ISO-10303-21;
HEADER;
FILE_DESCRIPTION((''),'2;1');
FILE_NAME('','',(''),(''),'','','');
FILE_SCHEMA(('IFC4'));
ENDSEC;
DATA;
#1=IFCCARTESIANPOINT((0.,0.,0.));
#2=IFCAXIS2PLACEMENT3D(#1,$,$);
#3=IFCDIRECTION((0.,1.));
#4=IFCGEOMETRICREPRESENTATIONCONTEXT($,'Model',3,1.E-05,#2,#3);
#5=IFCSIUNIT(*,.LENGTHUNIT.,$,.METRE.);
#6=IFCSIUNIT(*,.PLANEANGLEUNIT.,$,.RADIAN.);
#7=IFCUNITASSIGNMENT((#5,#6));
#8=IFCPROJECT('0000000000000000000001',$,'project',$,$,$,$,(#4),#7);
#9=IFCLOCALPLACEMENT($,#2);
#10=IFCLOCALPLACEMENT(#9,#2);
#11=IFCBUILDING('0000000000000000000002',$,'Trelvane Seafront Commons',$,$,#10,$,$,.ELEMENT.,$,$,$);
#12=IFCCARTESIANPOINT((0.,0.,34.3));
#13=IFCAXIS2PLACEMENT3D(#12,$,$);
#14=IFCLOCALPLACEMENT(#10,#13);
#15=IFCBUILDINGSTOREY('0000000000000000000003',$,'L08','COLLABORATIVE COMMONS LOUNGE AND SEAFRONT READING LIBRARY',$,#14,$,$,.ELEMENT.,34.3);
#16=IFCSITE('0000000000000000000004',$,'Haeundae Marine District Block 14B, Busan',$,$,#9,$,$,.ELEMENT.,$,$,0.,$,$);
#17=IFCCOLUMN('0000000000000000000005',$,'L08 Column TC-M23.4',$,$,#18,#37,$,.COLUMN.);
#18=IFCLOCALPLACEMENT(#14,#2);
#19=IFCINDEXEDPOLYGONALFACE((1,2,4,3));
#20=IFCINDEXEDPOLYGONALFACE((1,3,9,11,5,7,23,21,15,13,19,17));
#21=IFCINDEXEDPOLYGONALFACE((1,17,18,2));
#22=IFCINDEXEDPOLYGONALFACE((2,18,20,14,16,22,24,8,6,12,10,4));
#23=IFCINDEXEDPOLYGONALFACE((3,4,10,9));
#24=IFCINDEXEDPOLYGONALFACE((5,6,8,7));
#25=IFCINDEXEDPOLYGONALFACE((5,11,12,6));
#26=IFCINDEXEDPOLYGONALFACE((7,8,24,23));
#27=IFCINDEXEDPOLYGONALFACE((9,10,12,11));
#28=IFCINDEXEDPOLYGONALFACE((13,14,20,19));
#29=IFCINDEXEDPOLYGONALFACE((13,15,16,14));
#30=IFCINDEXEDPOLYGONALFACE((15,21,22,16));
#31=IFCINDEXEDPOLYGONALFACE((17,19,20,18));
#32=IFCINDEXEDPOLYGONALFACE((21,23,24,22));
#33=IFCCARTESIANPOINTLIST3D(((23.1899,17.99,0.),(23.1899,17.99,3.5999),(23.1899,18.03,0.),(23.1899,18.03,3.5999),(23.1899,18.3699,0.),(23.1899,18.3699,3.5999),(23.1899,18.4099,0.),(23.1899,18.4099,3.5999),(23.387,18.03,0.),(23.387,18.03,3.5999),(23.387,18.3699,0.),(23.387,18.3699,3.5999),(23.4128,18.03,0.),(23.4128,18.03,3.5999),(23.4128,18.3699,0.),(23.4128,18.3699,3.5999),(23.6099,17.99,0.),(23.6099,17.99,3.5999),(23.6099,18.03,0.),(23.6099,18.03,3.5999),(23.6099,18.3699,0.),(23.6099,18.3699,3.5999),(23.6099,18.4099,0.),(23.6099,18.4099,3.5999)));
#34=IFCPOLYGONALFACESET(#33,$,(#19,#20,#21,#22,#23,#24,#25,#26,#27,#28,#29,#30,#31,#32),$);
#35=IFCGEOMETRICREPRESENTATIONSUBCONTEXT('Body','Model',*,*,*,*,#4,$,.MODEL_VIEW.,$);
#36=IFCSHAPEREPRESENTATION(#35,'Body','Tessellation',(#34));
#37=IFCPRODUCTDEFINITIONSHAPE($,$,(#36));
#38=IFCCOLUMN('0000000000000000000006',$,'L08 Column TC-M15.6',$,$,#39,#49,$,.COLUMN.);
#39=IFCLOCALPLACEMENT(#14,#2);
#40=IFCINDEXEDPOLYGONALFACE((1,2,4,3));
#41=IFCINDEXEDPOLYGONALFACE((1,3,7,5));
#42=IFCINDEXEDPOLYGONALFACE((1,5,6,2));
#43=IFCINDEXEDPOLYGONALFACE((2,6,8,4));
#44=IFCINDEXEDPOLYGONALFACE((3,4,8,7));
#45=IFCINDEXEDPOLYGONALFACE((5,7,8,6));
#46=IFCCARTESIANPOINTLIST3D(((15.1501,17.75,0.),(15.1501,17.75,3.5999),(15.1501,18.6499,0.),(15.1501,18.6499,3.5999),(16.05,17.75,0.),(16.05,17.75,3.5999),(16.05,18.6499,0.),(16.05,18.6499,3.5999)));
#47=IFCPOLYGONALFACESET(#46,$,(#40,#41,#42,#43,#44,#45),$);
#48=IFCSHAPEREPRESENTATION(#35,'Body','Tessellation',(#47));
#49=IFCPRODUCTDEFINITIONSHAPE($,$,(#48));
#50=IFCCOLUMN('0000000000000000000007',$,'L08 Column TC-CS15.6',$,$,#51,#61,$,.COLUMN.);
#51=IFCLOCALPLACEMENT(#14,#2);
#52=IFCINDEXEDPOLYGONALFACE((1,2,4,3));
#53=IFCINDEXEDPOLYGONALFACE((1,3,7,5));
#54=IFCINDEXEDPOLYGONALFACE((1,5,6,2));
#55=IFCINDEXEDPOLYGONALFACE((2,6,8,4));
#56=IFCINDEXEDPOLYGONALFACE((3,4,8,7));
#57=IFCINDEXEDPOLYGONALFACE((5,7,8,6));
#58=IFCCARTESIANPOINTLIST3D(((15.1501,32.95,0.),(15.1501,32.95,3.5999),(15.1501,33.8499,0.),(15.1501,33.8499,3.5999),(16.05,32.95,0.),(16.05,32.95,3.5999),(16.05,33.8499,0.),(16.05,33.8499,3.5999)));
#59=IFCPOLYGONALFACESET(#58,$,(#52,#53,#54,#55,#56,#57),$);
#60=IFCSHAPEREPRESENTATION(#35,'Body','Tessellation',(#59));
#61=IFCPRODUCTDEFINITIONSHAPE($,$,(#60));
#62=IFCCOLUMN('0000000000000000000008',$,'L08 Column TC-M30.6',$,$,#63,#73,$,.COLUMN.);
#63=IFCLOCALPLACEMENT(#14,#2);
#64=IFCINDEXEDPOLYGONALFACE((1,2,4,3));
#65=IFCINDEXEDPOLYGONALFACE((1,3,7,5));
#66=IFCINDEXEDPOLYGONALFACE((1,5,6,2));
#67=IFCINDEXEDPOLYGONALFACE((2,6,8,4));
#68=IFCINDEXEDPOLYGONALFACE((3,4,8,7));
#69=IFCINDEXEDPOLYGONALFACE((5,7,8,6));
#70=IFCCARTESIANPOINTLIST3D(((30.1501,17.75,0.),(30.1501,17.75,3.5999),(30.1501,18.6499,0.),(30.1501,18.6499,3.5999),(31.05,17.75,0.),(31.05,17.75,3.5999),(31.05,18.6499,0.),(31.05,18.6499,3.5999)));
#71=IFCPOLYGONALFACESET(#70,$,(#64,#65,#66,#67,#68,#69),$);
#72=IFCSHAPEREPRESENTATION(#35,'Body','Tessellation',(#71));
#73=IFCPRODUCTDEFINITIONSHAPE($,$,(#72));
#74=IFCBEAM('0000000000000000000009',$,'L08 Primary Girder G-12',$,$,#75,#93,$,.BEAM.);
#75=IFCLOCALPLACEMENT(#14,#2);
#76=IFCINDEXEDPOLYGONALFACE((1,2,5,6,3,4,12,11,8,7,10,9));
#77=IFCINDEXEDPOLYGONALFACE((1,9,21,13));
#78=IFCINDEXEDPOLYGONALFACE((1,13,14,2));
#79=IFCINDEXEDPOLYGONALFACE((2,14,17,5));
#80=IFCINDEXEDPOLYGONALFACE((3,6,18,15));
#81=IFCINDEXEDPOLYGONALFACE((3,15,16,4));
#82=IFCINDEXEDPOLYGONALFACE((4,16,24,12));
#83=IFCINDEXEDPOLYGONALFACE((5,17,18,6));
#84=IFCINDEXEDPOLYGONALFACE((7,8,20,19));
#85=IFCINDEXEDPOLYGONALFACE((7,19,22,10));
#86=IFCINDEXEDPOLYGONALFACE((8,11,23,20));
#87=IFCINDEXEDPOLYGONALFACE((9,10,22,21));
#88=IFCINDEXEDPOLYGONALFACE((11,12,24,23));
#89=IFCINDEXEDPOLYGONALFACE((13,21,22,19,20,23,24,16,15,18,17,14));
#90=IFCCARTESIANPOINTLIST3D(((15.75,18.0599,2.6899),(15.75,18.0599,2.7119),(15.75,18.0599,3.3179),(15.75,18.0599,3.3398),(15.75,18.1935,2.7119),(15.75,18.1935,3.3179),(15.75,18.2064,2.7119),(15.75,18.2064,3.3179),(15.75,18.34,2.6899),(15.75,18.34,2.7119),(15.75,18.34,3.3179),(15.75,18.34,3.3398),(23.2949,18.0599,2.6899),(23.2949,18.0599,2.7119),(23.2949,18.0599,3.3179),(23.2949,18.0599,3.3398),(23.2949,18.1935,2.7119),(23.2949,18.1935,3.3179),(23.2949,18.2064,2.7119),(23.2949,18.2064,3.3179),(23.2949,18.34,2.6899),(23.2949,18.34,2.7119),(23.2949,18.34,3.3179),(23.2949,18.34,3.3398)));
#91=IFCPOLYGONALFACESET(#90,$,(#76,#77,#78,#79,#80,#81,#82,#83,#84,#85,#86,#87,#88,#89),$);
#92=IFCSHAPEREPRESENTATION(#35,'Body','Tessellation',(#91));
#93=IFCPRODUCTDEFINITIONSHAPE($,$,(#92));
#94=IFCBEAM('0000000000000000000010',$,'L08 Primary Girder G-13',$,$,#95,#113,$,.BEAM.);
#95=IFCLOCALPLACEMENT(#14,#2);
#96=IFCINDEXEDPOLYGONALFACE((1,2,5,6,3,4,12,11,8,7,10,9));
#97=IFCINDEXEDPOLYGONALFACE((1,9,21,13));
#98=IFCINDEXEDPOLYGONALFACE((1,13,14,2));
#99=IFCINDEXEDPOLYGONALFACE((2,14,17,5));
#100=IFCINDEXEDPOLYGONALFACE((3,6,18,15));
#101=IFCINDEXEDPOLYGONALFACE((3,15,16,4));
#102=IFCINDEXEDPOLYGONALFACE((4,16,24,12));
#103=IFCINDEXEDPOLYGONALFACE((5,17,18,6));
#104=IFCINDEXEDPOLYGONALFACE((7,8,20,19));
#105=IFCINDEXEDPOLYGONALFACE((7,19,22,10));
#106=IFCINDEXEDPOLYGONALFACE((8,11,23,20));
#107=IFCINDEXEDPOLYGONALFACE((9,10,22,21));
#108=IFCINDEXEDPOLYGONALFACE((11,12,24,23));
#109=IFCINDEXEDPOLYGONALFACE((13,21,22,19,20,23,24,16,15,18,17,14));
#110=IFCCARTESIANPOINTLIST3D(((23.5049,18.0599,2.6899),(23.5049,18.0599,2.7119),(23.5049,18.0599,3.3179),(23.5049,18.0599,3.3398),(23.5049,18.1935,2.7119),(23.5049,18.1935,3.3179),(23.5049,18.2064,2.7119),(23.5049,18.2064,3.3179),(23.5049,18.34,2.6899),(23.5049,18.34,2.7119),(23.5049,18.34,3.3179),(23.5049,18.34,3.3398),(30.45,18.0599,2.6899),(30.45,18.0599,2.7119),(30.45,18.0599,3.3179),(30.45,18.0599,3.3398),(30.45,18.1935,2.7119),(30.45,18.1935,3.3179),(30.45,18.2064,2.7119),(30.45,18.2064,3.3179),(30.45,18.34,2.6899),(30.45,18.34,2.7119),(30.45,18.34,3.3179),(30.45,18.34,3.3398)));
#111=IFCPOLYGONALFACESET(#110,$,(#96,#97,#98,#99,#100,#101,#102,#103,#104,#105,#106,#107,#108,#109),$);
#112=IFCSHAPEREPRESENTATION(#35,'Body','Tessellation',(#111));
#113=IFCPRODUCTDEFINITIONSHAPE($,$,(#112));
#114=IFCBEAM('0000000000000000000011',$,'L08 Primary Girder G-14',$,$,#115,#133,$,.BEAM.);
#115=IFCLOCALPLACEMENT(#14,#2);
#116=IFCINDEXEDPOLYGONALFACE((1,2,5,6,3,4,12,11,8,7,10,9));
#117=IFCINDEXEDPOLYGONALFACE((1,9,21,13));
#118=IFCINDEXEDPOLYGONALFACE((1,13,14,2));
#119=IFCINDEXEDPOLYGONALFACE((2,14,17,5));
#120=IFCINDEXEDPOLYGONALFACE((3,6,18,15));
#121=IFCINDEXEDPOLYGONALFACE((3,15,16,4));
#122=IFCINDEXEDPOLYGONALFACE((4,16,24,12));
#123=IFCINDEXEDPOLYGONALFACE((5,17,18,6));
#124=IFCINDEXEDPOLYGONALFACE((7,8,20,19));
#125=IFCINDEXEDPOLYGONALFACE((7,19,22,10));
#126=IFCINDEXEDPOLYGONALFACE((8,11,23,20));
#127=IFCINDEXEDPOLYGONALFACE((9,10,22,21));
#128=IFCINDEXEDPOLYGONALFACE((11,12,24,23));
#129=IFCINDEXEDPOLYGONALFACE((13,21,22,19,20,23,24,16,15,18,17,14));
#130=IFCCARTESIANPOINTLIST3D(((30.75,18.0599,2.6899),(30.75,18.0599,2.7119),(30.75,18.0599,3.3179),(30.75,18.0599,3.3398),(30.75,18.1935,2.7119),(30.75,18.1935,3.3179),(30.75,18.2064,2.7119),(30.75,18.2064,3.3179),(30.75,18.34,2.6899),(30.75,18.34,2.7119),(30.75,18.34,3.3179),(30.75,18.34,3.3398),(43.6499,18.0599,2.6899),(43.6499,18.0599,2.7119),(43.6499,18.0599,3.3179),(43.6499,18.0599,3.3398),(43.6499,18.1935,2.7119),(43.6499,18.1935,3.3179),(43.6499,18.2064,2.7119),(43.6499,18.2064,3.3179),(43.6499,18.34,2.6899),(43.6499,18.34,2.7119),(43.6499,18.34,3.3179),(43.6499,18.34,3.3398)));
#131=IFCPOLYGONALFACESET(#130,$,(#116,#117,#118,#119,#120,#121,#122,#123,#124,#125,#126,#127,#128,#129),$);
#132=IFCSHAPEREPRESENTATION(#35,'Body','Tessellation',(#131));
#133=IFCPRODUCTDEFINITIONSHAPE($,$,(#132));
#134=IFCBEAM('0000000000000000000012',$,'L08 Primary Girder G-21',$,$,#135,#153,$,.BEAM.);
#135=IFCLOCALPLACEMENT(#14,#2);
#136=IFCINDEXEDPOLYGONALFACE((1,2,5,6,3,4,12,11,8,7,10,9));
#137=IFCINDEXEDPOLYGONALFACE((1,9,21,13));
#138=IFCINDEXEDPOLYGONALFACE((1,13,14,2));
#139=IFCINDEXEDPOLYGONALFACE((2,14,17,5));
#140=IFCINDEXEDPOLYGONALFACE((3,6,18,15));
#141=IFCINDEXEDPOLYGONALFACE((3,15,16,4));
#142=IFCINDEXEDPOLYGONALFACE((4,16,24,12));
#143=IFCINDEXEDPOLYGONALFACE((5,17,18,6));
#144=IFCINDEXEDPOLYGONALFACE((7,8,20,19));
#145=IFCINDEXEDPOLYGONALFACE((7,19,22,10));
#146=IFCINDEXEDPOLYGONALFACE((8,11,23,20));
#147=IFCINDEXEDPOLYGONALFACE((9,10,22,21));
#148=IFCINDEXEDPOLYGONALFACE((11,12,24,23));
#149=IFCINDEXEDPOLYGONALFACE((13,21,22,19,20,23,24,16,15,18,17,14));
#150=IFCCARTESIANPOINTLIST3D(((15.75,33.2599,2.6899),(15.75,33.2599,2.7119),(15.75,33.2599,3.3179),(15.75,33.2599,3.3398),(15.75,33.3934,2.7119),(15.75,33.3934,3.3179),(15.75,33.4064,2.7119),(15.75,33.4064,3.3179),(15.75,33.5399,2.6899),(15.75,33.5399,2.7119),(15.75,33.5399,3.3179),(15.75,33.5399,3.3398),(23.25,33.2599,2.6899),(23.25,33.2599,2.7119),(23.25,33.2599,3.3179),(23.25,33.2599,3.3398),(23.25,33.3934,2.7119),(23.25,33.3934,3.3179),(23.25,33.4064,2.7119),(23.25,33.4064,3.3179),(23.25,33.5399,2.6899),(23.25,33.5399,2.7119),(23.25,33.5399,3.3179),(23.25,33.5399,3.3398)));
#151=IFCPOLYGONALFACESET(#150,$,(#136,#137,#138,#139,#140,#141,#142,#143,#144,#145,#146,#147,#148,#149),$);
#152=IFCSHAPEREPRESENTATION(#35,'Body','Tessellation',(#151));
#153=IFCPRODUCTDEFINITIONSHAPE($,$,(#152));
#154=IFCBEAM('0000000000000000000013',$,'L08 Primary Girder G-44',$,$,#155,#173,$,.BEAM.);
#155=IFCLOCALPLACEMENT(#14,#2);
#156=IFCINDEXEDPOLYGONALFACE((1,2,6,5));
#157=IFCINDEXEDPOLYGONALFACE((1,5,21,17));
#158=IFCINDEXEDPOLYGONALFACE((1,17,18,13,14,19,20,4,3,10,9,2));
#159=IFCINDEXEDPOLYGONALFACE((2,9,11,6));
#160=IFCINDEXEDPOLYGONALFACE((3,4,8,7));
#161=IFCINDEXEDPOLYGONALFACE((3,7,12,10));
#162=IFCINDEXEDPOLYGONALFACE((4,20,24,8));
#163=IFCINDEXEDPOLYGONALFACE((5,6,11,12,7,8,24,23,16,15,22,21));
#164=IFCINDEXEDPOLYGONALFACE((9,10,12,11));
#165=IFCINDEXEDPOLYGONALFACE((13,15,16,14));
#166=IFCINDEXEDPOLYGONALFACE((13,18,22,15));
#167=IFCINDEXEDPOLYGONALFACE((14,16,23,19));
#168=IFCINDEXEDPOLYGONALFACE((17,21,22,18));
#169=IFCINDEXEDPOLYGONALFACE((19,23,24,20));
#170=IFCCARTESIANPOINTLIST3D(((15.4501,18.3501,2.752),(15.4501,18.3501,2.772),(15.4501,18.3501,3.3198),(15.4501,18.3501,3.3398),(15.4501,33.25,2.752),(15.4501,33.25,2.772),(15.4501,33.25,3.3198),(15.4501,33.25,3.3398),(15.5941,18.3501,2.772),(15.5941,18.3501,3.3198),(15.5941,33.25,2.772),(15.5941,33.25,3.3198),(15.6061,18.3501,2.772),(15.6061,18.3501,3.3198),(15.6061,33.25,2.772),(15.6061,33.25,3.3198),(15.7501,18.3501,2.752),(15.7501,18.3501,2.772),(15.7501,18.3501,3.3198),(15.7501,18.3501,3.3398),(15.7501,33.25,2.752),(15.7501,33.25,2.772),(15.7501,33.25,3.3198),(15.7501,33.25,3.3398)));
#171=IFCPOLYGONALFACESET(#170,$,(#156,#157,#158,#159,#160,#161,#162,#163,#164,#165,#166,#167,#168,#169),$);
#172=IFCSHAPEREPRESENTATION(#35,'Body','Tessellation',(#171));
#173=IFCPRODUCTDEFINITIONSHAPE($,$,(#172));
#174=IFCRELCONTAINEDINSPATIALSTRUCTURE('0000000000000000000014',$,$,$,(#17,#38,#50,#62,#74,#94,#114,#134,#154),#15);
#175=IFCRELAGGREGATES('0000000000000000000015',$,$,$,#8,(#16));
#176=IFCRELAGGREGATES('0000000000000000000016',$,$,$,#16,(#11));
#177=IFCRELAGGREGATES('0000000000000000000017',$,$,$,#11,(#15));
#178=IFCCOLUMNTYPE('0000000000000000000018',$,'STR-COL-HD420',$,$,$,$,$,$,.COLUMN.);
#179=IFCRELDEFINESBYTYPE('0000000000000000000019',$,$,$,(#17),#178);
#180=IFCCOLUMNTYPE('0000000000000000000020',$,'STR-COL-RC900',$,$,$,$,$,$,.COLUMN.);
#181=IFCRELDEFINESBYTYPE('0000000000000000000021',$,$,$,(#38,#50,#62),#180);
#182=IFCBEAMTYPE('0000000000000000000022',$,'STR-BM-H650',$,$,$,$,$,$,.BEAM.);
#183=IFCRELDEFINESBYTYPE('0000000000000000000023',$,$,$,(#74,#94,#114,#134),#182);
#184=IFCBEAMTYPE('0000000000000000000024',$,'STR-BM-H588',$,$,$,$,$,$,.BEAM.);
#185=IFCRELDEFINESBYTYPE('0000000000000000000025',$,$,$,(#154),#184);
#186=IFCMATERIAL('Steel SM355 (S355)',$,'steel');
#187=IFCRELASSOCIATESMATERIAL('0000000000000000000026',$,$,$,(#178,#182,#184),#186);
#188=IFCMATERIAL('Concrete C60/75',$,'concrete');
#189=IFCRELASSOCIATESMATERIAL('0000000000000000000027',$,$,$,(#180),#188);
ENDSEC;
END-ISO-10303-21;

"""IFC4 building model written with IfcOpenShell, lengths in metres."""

from ifc_helpers import new_model, si_unit, direction, frame, origin, origin_2d, place, context, subcontext, project, spatial, rectangle, i_section, extrude, source, transform, mapped, material, material_profile, profile_set, type_object, element, save


model = new_model("IFC4")

# Units and contexts
model_context = context("Model", 3, precision=1e-05, world=origin(), true_north=direction((0.0, 1.0)))
body_context = subcontext(model_context, "Body", "Model", "MODEL_VIEW")
ifc_project = project(units=[si_unit("LENGTHUNIT", "METRE"), si_unit("PLANEANGLEUNIT", "RADIAN")], contexts=[model_context])

# Site, building, storey
site_placement = place(None, origin())
site = spatial("IfcSite", under=ifc_project, at=site_placement, Name="Haeundae Marine District Block 14B, Busan", CompositionType="ELEMENT", RefElevation=0.0)
building_placement = place(site_placement, origin())
building = spatial("IfcBuilding", under=site, at=building_placement, Name="Trelvane Seafront Commons", CompositionType="ELEMENT")
storey_placement = place(building_placement, frame((0.0, 0.0, 34.3)))
storey = spatial("IfcBuildingStorey", under=building, at=storey_placement, Name="L08", Description="COLLABORATIVE COMMONS LOUNGE AND SEAFRONT READING LIBRARY", CompositionType="ELEMENT", Elevation=34.3)

# Columns
ifc_material_1 = material(Name="Steel SM355 (S355)", Category="steel")
ifc_material_profile_1 = material_profile(ifc_material_1, i_section(OverallWidth=0.4199, OverallDepth=0.4199, WebThickness=0.0259, FlangeThickness=0.04, at=origin_2d()), Name="HD-420x420x26x40")
ifc_profile_set_1 = profile_set([ifc_material_profile_1], Name="Steel SM355 (S355)")
column_type_1 = type_object("IfcColumnType", Name="STR-COL-HD420", PredefinedType="COLUMN", material=ifc_profile_set_1)
shared_shape_1 = source(origin(), body_context, "Body", "SweptSolid", [
    extrude(i_section(OverallWidth=0.4199, OverallDepth=0.4199, WebThickness=0.0259, FlangeThickness=0.04, at=origin_2d()), origin(), (0.0, 0.0, 1.0), 3.5999),
])
column_placement = place(storey_placement, frame((23.3999, 18.2, 0.0), z_axis=(0.0, 0.0, 1.0), x_axis=(1.0, 0.0, 0.0)))
element("IfcColumn", 1, at=column_placement, inside=storey, type_object=column_type_1, Name="L08 Column TC-M23.4", PredefinedType="COLUMN", context=body_context, shape_type="MappedRepresentation", body=[
    mapped(shared_shape_1, transform((0.0, 0.0, 0.0), x_axis=(1.0, 0.0, 0.0), y_axis=(0.0, 1.0, 0.0), z_axis=(0.0, 0.0, 1.0), scale=1.0)),
])
ifc_material_2 = material(Name="Concrete C60/75", Category="concrete")
ifc_material_profile_2 = material_profile(ifc_material_2, rectangle(XDim=0.8999, YDim=0.8999, at=origin_2d()), Name="RC-900x900")
ifc_profile_set_2 = profile_set([ifc_material_profile_2], Name="Concrete C60/75")
column_type_2 = type_object("IfcColumnType", Name="STR-COL-RC900", PredefinedType="COLUMN", material=ifc_profile_set_2)
shared_shape_2 = source(origin(), body_context, "Body", "SweptSolid", [
    extrude(rectangle(XDim=0.8999, YDim=0.8999, at=origin_2d()), origin(), (0.0, 0.0, 1.0), 3.5999),
])
for number, where, z_axis, x_axis, name in (
    (2, (15.6001, 18.2, 0.0), (0.0, 0.0, 1.0), (1.0, 0.0, 0.0), "L08 Column TC-M15.6"),
    (3, (15.6001, 33.3999, 0.0), (0.0, 0.0, 1.0), (1.0, 0.0, 0.0), "L08 Column TC-CS15.6"),
    (4, (30.6001, 18.2, 0.0), (0.0, 0.0, 1.0), (1.0, 0.0, 0.0), "L08 Column TC-M30.6"),
):
    element("IfcColumn", number, at=place(storey_placement, frame(where, z_axis=z_axis, x_axis=x_axis)), inside=storey, type_object=column_type_2, Name=name, PredefinedType="COLUMN", context=body_context, shape_type="MappedRepresentation", body=[
        mapped(shared_shape_2, transform((0.0, 0.0, 0.0), x_axis=(1.0, 0.0, 0.0), y_axis=(0.0, 1.0, 0.0), z_axis=(0.0, 0.0, 1.0), scale=1.0)),
    ])

# Beams
ifc_material_profile_3 = material_profile(ifc_material_1, i_section(OverallWidth=0.28, OverallDepth=0.6499, WebThickness=0.0129, FlangeThickness=0.022, at=origin_2d()), Name="H-650x280x13x22")
ifc_profile_set_3 = profile_set([ifc_material_profile_3], Name="Steel SM355 (S355)")
beam_type_1 = type_object("IfcBeamType", Name="STR-BM-H650", PredefinedType="BEAM", material=ifc_profile_set_3)
shared_shape_3 = source(origin(), body_context, "Body", "SweptSolid", [
    extrude(i_section(OverallWidth=0.28, OverallDepth=0.6499, WebThickness=0.0129, FlangeThickness=0.022, at=origin_2d()), origin(), (0.0, 0.0, 1.0), 7.5449),
])
beam_1_placement = place(storey_placement, frame((15.75, 18.2, 3.0149), z_axis=(1.0, 0.0, 0.0), x_axis=(0.0, 1.0, 0.0)))
element("IfcBeam", 5, at=beam_1_placement, inside=storey, type_object=beam_type_1, Name="L08 Primary Girder G-12", PredefinedType="BEAM", context=body_context, shape_type="MappedRepresentation", body=[
    mapped(shared_shape_3, transform((0.0, 0.0, 0.0), x_axis=(1.0, 0.0, 0.0), y_axis=(0.0, 1.0, 0.0), z_axis=(0.0, 0.0, 1.0), scale=1.0)),
])
shared_shape_4 = source(origin(), body_context, "Body", "SweptSolid", [
    extrude(i_section(OverallWidth=0.28, OverallDepth=0.6499, WebThickness=0.0129, FlangeThickness=0.022, at=origin_2d()), origin(), (0.0, 0.0, 1.0), 6.9451),
])
beam_2_placement = place(storey_placement, frame((23.5049, 18.2, 3.0149), z_axis=(1.0, 0.0, 0.0), x_axis=(0.0, 1.0, 0.0)))
element("IfcBeam", 6, at=beam_2_placement, inside=storey, type_object=beam_type_1, Name="L08 Primary Girder G-13", PredefinedType="BEAM", context=body_context, shape_type="MappedRepresentation", body=[
    mapped(shared_shape_4, transform((0.0, 0.0, 0.0), x_axis=(1.0, 0.0, 0.0), y_axis=(0.0, 1.0, 0.0), z_axis=(0.0, 0.0, 1.0), scale=1.0)),
])
shared_shape_5 = source(origin(), body_context, "Body", "SweptSolid", [
    extrude(i_section(OverallWidth=0.28, OverallDepth=0.6499, WebThickness=0.0129, FlangeThickness=0.022, at=origin_2d()), origin(), (0.0, 0.0, 1.0), 12.8999),
])
beam_3_placement = place(storey_placement, frame((30.75, 18.2, 3.0149), z_axis=(1.0, 0.0, 0.0), x_axis=(0.0, 1.0, 0.0)))
element("IfcBeam", 7, at=beam_3_placement, inside=storey, type_object=beam_type_1, Name="L08 Primary Girder G-14", PredefinedType="BEAM", context=body_context, shape_type="MappedRepresentation", body=[
    mapped(shared_shape_5, transform((0.0, 0.0, 0.0), x_axis=(1.0, 0.0, 0.0), y_axis=(0.0, 1.0, 0.0), z_axis=(0.0, 0.0, 1.0), scale=1.0)),
])
shared_shape_6 = source(origin(), body_context, "Body", "SweptSolid", [
    extrude(i_section(OverallWidth=0.28, OverallDepth=0.6499, WebThickness=0.0129, FlangeThickness=0.022, at=origin_2d()), origin(), (0.0, 0.0, 1.0), 7.5),
])
beam_4_placement = place(storey_placement, frame((15.75, 33.3999, 3.0149), z_axis=(1.0, 0.0, 0.0), x_axis=(0.0, 1.0, 0.0)))
element("IfcBeam", 8, at=beam_4_placement, inside=storey, type_object=beam_type_1, Name="L08 Primary Girder G-21", PredefinedType="BEAM", context=body_context, shape_type="MappedRepresentation", body=[
    mapped(shared_shape_6, transform((0.0, 0.0, 0.0), x_axis=(1.0, 0.0, 0.0), y_axis=(0.0, 1.0, 0.0), z_axis=(0.0, 0.0, 1.0), scale=1.0)),
])
ifc_material_profile_4 = material_profile(ifc_material_1, i_section(OverallWidth=0.3, OverallDepth=0.5879, WebThickness=0.012, FlangeThickness=0.02, at=origin_2d()), Name="H-588x300x12x20")
ifc_profile_set_4 = profile_set([ifc_material_profile_4], Name="Steel SM355 (S355)")
beam_type_2 = type_object("IfcBeamType", Name="STR-BM-H588", PredefinedType="BEAM", material=ifc_profile_set_4)
shared_shape_7 = source(origin(), body_context, "Body", "SweptSolid", [
    extrude(i_section(OverallWidth=0.3, OverallDepth=0.5879, WebThickness=0.012, FlangeThickness=0.02, at=origin_2d()), origin(), (0.0, 0.0, 1.0), 14.8999),
])
for number, where, z_axis, x_axis, name in (
    (9, (15.6001, 18.3501, 3.0459), (0.0, 1.0, 0.0), (-1.0, 0.0, 0.0), "L08 Primary Girder G-44"),
):
    element("IfcBeam", number, at=place(storey_placement, frame(where, z_axis=z_axis, x_axis=x_axis)), inside=storey, type_object=beam_type_2, Name=name, PredefinedType="BEAM", context=body_context, shape_type="MappedRepresentation", body=[
        mapped(shared_shape_7, transform((0.0, 0.0, 0.0), x_axis=(1.0, 0.0, 0.0), y_axis=(0.0, 1.0, 0.0), z_axis=(0.0, 0.0, 1.0), scale=1.0)),
    ])

save(model, "model.ifc")
